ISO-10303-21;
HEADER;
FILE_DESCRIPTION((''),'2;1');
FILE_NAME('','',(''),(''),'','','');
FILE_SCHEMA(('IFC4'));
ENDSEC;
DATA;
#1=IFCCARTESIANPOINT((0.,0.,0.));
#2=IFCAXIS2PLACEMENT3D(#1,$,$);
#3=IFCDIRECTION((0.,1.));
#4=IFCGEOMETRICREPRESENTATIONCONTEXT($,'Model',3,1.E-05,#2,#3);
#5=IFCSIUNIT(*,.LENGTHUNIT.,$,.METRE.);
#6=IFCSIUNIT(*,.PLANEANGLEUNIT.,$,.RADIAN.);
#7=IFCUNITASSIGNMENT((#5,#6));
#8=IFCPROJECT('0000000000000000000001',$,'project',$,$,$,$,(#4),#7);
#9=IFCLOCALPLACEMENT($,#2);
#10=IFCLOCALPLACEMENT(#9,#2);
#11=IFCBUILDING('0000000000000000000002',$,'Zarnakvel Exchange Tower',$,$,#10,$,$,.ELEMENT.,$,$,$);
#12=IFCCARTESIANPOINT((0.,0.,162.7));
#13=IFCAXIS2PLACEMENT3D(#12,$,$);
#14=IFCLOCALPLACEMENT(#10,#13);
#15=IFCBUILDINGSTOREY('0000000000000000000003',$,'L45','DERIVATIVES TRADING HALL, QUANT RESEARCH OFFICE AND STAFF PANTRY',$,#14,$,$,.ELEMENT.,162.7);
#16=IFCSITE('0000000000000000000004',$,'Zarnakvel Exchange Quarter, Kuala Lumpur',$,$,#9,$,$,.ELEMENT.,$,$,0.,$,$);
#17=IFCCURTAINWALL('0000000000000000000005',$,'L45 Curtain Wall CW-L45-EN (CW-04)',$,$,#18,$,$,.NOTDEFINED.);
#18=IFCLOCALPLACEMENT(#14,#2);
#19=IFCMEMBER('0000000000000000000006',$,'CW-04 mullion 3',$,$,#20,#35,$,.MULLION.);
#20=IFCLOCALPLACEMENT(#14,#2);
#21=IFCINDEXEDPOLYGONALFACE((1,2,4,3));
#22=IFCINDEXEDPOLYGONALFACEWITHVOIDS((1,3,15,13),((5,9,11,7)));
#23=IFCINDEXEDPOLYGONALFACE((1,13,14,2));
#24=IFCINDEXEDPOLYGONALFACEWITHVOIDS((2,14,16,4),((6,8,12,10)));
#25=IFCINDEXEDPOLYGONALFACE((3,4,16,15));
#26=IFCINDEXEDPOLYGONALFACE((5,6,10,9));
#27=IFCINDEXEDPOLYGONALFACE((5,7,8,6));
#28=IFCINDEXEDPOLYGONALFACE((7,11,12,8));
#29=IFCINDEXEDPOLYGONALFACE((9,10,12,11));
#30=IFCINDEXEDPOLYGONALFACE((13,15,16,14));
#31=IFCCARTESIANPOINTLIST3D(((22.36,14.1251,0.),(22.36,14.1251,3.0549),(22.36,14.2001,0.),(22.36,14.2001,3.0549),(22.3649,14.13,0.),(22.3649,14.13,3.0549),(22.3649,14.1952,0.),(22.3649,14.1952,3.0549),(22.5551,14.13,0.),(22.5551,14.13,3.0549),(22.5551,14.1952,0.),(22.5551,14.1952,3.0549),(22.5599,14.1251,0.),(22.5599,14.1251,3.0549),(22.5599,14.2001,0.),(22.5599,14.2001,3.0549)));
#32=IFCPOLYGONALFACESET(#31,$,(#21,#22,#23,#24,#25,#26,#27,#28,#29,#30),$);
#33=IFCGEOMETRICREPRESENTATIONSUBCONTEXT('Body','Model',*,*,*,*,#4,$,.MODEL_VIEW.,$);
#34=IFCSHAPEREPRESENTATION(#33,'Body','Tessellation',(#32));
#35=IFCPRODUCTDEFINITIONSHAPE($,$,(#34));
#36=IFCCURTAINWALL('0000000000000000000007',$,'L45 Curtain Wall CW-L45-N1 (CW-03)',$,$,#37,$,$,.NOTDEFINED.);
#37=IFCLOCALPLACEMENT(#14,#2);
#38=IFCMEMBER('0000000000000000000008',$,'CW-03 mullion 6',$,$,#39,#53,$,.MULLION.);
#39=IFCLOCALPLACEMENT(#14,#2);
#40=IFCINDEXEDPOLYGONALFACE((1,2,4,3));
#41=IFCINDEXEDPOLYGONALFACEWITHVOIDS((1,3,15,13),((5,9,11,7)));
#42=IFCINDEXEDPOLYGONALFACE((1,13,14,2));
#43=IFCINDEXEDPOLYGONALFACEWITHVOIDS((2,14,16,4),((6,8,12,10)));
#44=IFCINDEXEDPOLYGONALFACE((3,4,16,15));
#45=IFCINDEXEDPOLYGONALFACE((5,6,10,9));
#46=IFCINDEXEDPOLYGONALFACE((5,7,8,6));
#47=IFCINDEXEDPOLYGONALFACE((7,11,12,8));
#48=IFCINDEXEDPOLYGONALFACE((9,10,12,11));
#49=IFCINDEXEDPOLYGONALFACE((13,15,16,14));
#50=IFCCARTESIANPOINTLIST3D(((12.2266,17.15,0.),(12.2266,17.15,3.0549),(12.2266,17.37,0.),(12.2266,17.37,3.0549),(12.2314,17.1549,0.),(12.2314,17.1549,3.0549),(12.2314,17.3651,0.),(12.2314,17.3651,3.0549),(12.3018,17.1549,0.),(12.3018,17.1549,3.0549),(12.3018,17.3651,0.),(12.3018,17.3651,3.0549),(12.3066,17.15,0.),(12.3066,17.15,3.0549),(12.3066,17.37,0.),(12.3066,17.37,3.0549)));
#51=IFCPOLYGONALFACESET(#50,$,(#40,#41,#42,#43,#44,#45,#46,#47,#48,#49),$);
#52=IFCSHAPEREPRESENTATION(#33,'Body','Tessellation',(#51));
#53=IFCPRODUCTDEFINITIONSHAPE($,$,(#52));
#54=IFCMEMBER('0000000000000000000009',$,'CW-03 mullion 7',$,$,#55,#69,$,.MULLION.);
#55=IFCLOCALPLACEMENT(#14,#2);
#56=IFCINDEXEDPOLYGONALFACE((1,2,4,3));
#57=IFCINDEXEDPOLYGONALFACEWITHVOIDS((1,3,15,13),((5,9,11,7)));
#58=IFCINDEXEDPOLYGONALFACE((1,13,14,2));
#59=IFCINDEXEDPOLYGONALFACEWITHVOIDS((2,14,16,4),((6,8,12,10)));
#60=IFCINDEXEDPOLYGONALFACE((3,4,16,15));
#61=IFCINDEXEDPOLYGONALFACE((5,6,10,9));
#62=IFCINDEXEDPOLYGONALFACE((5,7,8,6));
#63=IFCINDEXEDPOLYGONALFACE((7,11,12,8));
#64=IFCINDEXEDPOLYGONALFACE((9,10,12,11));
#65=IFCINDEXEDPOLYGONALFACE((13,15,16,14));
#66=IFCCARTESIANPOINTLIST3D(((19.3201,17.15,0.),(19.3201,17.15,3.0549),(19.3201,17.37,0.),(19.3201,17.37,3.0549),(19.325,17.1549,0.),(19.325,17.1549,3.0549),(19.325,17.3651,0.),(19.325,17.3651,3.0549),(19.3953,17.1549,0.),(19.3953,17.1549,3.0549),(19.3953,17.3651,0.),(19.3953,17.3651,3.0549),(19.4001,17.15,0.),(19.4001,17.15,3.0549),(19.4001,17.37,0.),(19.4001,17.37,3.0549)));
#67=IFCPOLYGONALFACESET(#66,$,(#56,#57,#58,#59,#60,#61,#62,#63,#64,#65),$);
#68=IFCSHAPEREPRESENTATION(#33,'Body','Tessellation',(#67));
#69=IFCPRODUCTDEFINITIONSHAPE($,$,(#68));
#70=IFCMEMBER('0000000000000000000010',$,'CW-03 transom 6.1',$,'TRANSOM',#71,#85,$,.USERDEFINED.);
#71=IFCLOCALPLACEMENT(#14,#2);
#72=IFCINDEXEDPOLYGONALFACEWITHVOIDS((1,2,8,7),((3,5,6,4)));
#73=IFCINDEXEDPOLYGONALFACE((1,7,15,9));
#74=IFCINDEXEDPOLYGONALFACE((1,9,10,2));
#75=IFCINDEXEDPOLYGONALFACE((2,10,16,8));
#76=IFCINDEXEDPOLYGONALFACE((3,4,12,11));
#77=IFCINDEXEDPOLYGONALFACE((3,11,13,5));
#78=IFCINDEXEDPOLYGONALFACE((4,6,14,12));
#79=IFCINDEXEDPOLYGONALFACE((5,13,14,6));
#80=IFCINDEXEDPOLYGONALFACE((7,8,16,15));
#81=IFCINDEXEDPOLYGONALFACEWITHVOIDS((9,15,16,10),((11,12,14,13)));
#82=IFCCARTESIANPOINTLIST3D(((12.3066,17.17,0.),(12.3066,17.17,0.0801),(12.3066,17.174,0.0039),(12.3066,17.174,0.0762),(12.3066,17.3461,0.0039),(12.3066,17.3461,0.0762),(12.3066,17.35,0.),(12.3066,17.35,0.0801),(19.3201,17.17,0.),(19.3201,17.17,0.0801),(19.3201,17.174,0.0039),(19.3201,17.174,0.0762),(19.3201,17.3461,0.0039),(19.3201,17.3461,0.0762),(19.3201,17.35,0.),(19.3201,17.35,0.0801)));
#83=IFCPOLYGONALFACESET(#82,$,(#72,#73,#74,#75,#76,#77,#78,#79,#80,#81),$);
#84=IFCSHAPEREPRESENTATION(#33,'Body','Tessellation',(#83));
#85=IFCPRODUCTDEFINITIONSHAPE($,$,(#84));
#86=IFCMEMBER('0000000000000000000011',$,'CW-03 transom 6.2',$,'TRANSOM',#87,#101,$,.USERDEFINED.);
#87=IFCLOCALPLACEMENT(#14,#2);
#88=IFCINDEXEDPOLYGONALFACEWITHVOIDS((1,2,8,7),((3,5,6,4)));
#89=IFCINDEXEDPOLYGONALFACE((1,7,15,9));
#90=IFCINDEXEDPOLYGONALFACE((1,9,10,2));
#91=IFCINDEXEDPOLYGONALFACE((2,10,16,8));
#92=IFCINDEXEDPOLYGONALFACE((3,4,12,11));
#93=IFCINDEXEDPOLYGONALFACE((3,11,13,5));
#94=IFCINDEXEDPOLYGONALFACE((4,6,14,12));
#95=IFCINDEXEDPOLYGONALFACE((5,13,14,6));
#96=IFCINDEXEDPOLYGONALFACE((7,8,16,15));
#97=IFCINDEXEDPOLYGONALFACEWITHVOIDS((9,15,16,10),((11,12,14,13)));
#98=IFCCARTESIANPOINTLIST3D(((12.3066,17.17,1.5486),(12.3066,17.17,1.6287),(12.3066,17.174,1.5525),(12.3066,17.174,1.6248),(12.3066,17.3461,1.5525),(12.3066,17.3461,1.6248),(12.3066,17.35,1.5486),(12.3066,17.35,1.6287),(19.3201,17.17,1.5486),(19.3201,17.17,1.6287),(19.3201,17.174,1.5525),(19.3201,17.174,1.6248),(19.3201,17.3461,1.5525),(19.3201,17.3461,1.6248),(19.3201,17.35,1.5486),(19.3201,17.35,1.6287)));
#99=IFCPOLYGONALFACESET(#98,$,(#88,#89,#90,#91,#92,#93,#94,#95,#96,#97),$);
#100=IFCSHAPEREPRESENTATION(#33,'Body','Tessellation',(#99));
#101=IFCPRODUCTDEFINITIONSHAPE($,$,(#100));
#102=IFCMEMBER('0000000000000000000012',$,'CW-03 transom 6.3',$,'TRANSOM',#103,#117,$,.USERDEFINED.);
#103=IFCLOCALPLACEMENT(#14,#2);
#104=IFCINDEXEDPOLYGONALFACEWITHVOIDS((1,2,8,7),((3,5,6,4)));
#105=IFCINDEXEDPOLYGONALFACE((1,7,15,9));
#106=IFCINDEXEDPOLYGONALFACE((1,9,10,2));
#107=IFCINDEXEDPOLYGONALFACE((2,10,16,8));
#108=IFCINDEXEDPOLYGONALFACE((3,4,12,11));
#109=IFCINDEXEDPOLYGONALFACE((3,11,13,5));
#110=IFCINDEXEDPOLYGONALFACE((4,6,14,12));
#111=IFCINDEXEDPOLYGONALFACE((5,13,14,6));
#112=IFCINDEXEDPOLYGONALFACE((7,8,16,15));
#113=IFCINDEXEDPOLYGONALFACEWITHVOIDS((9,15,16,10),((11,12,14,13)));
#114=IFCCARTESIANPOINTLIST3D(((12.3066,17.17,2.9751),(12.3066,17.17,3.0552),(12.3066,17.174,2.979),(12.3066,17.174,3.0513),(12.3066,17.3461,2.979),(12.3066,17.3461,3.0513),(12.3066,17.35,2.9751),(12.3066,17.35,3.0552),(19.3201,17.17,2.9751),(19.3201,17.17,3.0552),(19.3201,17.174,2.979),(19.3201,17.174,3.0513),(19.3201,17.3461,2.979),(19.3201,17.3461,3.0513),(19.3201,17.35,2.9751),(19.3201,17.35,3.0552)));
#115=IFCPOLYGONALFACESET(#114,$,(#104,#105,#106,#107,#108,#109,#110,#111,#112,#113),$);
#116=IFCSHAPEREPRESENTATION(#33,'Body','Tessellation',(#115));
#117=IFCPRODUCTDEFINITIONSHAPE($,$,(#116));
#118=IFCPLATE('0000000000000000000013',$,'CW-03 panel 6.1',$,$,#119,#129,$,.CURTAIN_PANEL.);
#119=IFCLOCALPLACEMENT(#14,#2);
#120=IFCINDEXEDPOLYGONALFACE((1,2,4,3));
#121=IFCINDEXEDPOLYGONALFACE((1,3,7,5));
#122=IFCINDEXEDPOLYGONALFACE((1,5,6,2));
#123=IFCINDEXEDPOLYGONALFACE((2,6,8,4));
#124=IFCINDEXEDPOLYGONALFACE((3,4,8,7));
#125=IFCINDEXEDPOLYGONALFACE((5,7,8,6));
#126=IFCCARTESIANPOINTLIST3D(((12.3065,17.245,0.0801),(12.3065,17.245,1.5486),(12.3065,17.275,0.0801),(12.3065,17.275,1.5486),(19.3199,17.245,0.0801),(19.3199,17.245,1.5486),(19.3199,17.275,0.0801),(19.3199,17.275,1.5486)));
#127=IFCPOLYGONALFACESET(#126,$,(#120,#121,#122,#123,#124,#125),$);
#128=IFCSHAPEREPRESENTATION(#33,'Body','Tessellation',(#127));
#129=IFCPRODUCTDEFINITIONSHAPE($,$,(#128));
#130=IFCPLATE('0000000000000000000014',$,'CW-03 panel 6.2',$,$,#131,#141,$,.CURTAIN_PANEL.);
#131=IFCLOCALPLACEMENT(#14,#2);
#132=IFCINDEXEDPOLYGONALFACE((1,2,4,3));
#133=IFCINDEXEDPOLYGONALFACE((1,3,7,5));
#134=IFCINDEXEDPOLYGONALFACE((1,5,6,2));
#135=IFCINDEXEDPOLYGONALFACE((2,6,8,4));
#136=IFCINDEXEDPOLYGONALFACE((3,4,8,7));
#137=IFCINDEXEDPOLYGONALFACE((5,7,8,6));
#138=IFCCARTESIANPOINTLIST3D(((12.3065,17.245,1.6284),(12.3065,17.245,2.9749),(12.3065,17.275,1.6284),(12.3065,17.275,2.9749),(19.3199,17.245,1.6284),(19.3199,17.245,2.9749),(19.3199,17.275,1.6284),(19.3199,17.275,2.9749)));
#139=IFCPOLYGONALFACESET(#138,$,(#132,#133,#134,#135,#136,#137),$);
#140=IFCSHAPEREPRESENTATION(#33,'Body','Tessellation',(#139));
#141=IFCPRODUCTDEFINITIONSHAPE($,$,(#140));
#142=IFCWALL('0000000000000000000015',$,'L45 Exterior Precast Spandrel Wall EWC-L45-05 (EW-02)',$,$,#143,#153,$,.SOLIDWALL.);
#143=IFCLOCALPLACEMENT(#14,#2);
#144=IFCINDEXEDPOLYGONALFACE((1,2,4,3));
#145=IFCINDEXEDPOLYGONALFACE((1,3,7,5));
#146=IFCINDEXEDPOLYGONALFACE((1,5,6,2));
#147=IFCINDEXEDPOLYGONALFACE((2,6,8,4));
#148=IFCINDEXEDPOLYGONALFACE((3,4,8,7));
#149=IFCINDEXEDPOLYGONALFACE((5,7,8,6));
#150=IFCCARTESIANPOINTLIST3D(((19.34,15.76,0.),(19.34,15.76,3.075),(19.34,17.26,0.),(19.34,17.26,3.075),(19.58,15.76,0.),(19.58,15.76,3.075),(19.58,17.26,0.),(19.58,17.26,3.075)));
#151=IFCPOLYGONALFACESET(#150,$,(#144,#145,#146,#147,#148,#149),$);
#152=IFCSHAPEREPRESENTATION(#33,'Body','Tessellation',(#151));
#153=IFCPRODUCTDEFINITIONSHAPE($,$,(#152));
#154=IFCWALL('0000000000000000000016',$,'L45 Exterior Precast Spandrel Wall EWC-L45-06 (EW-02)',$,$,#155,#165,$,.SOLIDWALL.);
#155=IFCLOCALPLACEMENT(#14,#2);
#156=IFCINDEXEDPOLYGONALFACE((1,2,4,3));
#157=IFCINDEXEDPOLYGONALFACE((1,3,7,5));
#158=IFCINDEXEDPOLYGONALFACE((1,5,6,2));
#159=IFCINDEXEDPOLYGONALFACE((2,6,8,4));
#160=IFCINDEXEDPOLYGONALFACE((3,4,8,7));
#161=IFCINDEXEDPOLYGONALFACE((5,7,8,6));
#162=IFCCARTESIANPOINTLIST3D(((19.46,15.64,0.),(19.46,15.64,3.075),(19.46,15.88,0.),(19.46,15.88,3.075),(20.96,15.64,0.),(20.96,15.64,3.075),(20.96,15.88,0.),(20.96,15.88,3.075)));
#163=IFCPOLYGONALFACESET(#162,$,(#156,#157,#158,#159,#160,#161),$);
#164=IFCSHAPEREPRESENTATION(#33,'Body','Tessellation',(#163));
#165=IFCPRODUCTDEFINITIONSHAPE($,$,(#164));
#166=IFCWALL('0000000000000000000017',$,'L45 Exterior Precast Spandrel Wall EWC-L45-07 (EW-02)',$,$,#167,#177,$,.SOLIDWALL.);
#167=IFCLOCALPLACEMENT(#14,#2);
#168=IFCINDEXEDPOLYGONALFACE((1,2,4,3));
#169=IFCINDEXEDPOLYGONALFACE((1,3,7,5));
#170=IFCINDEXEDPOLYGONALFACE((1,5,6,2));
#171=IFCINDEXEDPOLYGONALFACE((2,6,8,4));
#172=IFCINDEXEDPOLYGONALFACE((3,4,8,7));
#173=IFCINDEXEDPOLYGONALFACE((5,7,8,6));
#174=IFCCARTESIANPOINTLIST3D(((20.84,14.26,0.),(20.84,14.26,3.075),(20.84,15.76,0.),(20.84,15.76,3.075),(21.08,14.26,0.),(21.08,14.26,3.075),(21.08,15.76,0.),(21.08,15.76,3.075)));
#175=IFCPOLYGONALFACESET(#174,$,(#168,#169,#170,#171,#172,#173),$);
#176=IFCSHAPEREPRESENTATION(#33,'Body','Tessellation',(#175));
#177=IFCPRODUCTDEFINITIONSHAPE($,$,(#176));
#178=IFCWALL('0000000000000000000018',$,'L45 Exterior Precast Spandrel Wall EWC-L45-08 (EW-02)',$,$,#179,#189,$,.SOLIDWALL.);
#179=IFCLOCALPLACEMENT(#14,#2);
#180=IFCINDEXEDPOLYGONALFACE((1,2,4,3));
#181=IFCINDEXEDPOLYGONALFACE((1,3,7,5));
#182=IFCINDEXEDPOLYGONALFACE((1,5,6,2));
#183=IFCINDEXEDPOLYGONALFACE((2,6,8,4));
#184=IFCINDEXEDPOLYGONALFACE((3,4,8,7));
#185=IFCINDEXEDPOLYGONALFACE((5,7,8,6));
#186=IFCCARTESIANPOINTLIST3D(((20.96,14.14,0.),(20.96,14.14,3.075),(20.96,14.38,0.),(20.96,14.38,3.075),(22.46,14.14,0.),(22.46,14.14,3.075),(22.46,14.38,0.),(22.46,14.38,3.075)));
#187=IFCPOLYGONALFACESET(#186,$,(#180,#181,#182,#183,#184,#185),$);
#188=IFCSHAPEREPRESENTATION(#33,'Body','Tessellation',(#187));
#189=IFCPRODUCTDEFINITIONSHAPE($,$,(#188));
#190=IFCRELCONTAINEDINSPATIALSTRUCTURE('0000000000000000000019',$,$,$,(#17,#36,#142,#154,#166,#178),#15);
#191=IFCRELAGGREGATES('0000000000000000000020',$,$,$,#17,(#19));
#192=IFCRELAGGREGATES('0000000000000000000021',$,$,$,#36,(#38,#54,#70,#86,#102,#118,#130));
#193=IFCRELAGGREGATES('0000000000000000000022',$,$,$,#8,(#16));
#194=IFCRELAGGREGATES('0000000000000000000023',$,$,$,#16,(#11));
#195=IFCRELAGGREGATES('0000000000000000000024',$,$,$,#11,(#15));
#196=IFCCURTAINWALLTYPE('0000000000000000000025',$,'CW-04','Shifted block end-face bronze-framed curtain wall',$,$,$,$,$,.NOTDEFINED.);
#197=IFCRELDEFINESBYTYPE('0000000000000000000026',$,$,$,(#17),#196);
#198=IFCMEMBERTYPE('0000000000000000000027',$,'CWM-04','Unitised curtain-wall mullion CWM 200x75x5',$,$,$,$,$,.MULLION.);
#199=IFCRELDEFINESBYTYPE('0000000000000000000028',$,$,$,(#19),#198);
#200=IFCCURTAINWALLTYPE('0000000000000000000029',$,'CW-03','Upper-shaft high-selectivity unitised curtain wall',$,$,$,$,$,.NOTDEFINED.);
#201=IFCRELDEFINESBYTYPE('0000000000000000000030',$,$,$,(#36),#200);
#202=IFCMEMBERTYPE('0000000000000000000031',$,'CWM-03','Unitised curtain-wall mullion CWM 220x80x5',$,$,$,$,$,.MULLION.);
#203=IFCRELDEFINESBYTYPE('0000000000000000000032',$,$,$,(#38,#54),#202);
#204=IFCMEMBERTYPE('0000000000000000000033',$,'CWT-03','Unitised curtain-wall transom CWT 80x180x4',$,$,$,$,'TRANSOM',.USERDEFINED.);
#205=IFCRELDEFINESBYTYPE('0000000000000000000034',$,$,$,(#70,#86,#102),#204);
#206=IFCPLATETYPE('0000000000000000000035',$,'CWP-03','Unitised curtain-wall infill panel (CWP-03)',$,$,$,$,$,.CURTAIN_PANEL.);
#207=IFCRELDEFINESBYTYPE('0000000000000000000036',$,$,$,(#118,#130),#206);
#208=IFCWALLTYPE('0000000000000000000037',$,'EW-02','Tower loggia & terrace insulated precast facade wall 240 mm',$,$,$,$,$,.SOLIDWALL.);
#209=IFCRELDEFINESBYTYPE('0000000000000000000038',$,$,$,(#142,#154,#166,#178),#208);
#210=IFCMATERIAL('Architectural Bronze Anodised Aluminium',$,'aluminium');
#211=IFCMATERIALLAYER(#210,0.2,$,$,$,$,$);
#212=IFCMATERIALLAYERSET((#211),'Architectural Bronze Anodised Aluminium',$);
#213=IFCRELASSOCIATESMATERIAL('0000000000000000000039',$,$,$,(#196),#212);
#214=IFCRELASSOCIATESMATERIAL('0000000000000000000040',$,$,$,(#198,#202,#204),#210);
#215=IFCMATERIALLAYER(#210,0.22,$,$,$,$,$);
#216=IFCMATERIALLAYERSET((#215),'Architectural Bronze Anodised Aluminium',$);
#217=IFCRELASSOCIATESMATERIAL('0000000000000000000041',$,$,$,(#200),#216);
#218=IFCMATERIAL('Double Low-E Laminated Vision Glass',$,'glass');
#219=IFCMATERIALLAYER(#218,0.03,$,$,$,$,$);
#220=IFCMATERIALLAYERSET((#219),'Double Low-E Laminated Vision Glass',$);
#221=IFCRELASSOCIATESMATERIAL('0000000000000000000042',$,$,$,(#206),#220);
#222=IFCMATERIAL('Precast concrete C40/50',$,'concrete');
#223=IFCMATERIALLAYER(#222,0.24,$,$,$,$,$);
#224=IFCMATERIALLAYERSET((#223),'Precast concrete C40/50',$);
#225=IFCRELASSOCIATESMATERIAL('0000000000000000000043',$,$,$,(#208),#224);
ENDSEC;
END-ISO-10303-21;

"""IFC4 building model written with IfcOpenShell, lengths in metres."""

from ifc_helpers import new_model, si_unit, direction, frame, frame_2d, origin, origin_2d, place, context, subcontext, project, spatial, rectangle, hollow_rectangle, extrude, source, transform, mapped, material, layer, layer_set, material_profile, profile_set, type_object, element, aggregate, save


model = new_model("IFC4")

# Units and contexts
model_context = context("Model", 3, precision=1e-05, world=origin(), true_north=direction((0.0, 1.0)))
body_context = subcontext(model_context, "Body", "Model", "MODEL_VIEW")
ifc_project = project(units=[si_unit("LENGTHUNIT", "METRE"), si_unit("PLANEANGLEUNIT", "RADIAN")], contexts=[model_context])

# Site, building, storey
site_placement = place(None, origin())
site = spatial("IfcSite", under=ifc_project, at=site_placement, Name="Zarnakvel Exchange Quarter, Kuala Lumpur", CompositionType="ELEMENT", RefElevation=0.0)
building_placement = place(site_placement, origin())
building = spatial("IfcBuilding", under=site, at=building_placement, Name="Zarnakvel Exchange Tower", CompositionType="ELEMENT")
storey_placement = place(building_placement, frame((0.0, 0.0, 162.7)))
storey = spatial("IfcBuildingStorey", under=building, at=storey_placement, Name="L45", Description="DERIVATIVES TRADING HALL, QUANT RESEARCH OFFICE AND STAFF PANTRY", CompositionType="ELEMENT", Elevation=162.7)

# Curtain wall, member
ifc_material_1 = material(Name="Architectural Bronze Anodised Aluminium", Category="aluminium")
ifc_layer_1 = layer(ifc_material_1, 0.2)
ifc_layer_set_1 = layer_set([ifc_layer_1], Name="Architectural Bronze Anodised Aluminium")
curtain_wall_type_1 = type_object("IfcCurtainWallType", Name="CW-04", Description="Shifted block end-face bronze-framed curtain wall", PredefinedType="NOTDEFINED", material=ifc_layer_set_1)
curtain_wall_1_placement = place(storey_placement, origin())
curtain_wall_1 = element("IfcCurtainWall", 1, at=curtain_wall_1_placement, inside=storey, type_object=curtain_wall_type_1, Name="L45 Curtain Wall CW-L45-EN (CW-04)", PredefinedType="NOTDEFINED")
ifc_material_profile_1 = material_profile(ifc_material_1, hollow_rectangle(XDim=0.2, YDim=0.075, WallThickness=0.0049, at=origin_2d()))
ifc_profile_set_1 = profile_set([ifc_material_profile_1], Name="Architectural Bronze Anodised Aluminium")
member_type_1 = type_object("IfcMemberType", Name="CWM-04", Description="Unitised curtain-wall mullion CWM 200x75x5", PredefinedType="MULLION", material=ifc_profile_set_1)
shared_shape_1 = source(origin(), body_context, "Body", "SweptSolid", [
    extrude(hollow_rectangle(XDim=0.2, YDim=0.075, WallThickness=0.0049, at=origin_2d()), origin(), (0.0, 0.0, 1.0), 3.0549),
])
member_1_placement = place(storey_placement, frame((22.46, 14.1626, 0.0), z_axis=(0.0, 0.0, 1.0), x_axis=(-1.0, 0.0, 0.0)))
member_1 = element("IfcMember", 2, at=member_1_placement, type_object=member_type_1, Name="CW-04 mullion 3", PredefinedType="MULLION", context=body_context, shape_type="MappedRepresentation", body=[
    mapped(shared_shape_1, transform((0.0, 0.0, 0.0), x_axis=(1.0, 0.0, 0.0), y_axis=(0.0, 1.0, 0.0), z_axis=(0.0, 0.0, 1.0), scale=1.0)),
])
aggregate(curtain_wall_1, [member_1])

# Curtain wall, members, plates
ifc_layer_2 = layer(ifc_material_1, 0.22)
ifc_layer_set_2 = layer_set([ifc_layer_2], Name="Architectural Bronze Anodised Aluminium")
curtain_wall_type_2 = type_object("IfcCurtainWallType", Name="CW-03", Description="Upper-shaft high-selectivity unitised curtain wall", PredefinedType="NOTDEFINED", material=ifc_layer_set_2)
curtain_wall_2_placement = place(storey_placement, origin())
curtain_wall_2 = element("IfcCurtainWall", 3, at=curtain_wall_2_placement, inside=storey, type_object=curtain_wall_type_2, Name="L45 Curtain Wall CW-L45-N1 (CW-03)", PredefinedType="NOTDEFINED")
ifc_material_profile_2 = material_profile(ifc_material_1, hollow_rectangle(XDim=0.22, YDim=0.0801, WallThickness=0.0049, at=origin_2d()))
ifc_profile_set_2 = profile_set([ifc_material_profile_2], Name="Architectural Bronze Anodised Aluminium")
member_type_2 = type_object("IfcMemberType", Name="CWM-03", Description="Unitised curtain-wall mullion CWM 220x80x5", PredefinedType="MULLION", material=ifc_profile_set_2)
shared_shape_2 = source(origin(), body_context, "Body", "SweptSolid", [
    extrude(hollow_rectangle(XDim=0.22, YDim=0.0801, WallThickness=0.0049, at=origin_2d()), origin(), (0.0, 0.0, 1.0), 3.0549),
])
member_2_placement = place(storey_placement, frame((12.2666, 17.26, 0.0), z_axis=(0.0, 0.0, 1.0), x_axis=(0.0, 1.0, 0.0)))
member_2 = element("IfcMember", 4, at=member_2_placement, type_object=member_type_2, Name="CW-03 mullion 6", PredefinedType="MULLION", context=body_context, shape_type="MappedRepresentation", body=[
    mapped(shared_shape_2, transform((0.0, 0.0, 0.0), x_axis=(1.0, 0.0, 0.0), y_axis=(0.0, 1.0, 0.0), z_axis=(0.0, 0.0, 1.0), scale=1.0)),
])
member_3_placement = place(storey_placement, frame((19.3601, 17.26, 0.0), z_axis=(0.0, 0.0, 1.0), x_axis=(0.0, 1.0, 0.0)))
member_3 = element("IfcMember", 5, at=member_3_placement, type_object=member_type_2, Name="CW-03 mullion 7", PredefinedType="MULLION", context=body_context, shape_type="MappedRepresentation", body=[
    mapped(shared_shape_2, transform((0.0, 0.0, 0.0), x_axis=(1.0, 0.0, 0.0), y_axis=(0.0, 1.0, 0.0), z_axis=(0.0, 0.0, 1.0), scale=1.0)),
])
ifc_material_profile_3 = material_profile(ifc_material_1, hollow_rectangle(XDim=0.1799, YDim=0.0801, WallThickness=0.0039, at=origin_2d()))
ifc_profile_set_3 = profile_set([ifc_material_profile_3], Name="Architectural Bronze Anodised Aluminium")
member_type_3 = type_object("IfcMemberType", Name="CWT-03", Description="Unitised curtain-wall transom CWT 80x180x4", ElementType="TRANSOM", PredefinedType="USERDEFINED", material=ifc_profile_set_3)
shared_shape_3 = source(origin(), body_context, "Body", "SweptSolid", [
    extrude(hollow_rectangle(XDim=0.1799, YDim=0.0801, WallThickness=0.0039, at=origin_2d()), origin(), (0.0, 0.0, 1.0), 7.0134),
])
member_4_placement = place(storey_placement, frame((12.3066, 17.26, 0.04), z_axis=(1.0, 0.0, 0.0), x_axis=(0.0, 1.0, 0.0)))
member_4 = element("IfcMember", 6, at=member_4_placement, type_object=member_type_3, Name="CW-03 transom 6.1", ObjectType="TRANSOM", PredefinedType="USERDEFINED", context=body_context, shape_type="MappedRepresentation", body=[
    mapped(shared_shape_3, transform((0.0, 0.0, 0.0), x_axis=(1.0, 0.0, 0.0), y_axis=(0.0, 1.0, 0.0), z_axis=(0.0, 0.0, 1.0), scale=1.0)),
])
member_5_placement = place(storey_placement, frame((12.3066, 17.26, 1.5886), z_axis=(1.0, 0.0, 0.0), x_axis=(0.0, 1.0, 0.0)))
member_5 = element("IfcMember", 7, at=member_5_placement, type_object=member_type_3, Name="CW-03 transom 6.2", ObjectType="TRANSOM", PredefinedType="USERDEFINED", context=body_context, shape_type="MappedRepresentation", body=[
    mapped(shared_shape_3, transform((0.0, 0.0, 0.0), x_axis=(1.0, 0.0, 0.0), y_axis=(0.0, 1.0, 0.0), z_axis=(0.0, 0.0, 1.0), scale=1.0)),
])
member_6_placement = place(storey_placement, frame((12.3066, 17.26, 3.0151), z_axis=(1.0, 0.0, 0.0), x_axis=(0.0, 1.0, 0.0)))
member_6 = element("IfcMember", 8, at=member_6_placement, type_object=member_type_3, Name="CW-03 transom 6.3", ObjectType="TRANSOM", PredefinedType="USERDEFINED", context=body_context, shape_type="MappedRepresentation", body=[
    mapped(shared_shape_3, transform((0.0, 0.0, 0.0), x_axis=(1.0, 0.0, 0.0), y_axis=(0.0, 1.0, 0.0), z_axis=(0.0, 0.0, 1.0), scale=1.0)),
])
ifc_material_2 = material(Name="Double Low-E Laminated Vision Glass", Category="glass")
ifc_layer_3 = layer(ifc_material_2, 0.03)
ifc_layer_set_3 = layer_set([ifc_layer_3], Name="Double Low-E Laminated Vision Glass")
plate_type = type_object("IfcPlateType", Name="CWP-03", Description="Unitised curtain-wall infill panel (CWP-03)", PredefinedType="CURTAIN_PANEL", material=ifc_layer_set_3)
shared_shape_4 = source(origin(), body_context, "Body", "SweptSolid", [
    extrude(rectangle(XDim=7.0134, YDim=0.03, at=origin_2d()), origin(), (0.0, 0.0, 1.0), 1.4685),
])
plate_1_placement = place(storey_placement, frame((15.8132, 17.26, 0.0801), z_axis=(0.0, 0.0, 1.0), x_axis=(1.0, 0.0, 0.0)))
plate_1 = element("IfcPlate", 9, at=plate_1_placement, type_object=plate_type, Name="CW-03 panel 6.1", PredefinedType="CURTAIN_PANEL", context=body_context, shape_type="MappedRepresentation", body=[
    mapped(shared_shape_4, transform((0.0, 0.0, 0.0), x_axis=(1.0, 0.0, 0.0), y_axis=(0.0, 1.0, 0.0), z_axis=(0.0, 0.0, 1.0), scale=1.0)),
])
shared_shape_5 = source(origin(), body_context, "Body", "SweptSolid", [
    extrude(rectangle(XDim=7.0134, YDim=0.03, at=origin_2d()), origin(), (0.0, 0.0, 1.0), 1.3464),
])
plate_2_placement = place(storey_placement, frame((15.8132, 17.26, 1.6284), z_axis=(0.0, 0.0, 1.0), x_axis=(1.0, 0.0, 0.0)))
plate_2 = element("IfcPlate", 10, at=plate_2_placement, type_object=plate_type, Name="CW-03 panel 6.2", PredefinedType="CURTAIN_PANEL", context=body_context, shape_type="MappedRepresentation", body=[
    mapped(shared_shape_5, transform((0.0, 0.0, 0.0), x_axis=(1.0, 0.0, 0.0), y_axis=(0.0, 1.0, 0.0), z_axis=(0.0, 0.0, 1.0), scale=1.0)),
])
aggregate(curtain_wall_2, [member_2, member_3, member_4, member_5, member_6, plate_1, plate_2])

# Walls
ifc_material_3 = material(Name="Precast concrete C40/50", Category="concrete")
ifc_layer_4 = layer(ifc_material_3, 0.24)
ifc_layer_set_4 = layer_set([ifc_layer_4], Name="Precast concrete C40/50")
wall_type_1 = type_object("IfcWallType", Name="EW-02", Description="Tower loggia & terrace insulated precast facade wall 240 mm", PredefinedType="SOLIDWALL", material=ifc_layer_set_4)
for number, where, z_axis, x_axis, name in (
    (11, (19.46, 15.76, 0.0), (0.0, 0.0, 1.0), (0.0, 1.0, 0.0), "L45 Exterior Precast Spandrel Wall EWC-L45-05 (EW-02)"),
    (12, (20.96, 15.76, 0.0), (0.0, 0.0, 1.0), (-1.0, 0.0, 0.0), "L45 Exterior Precast Spandrel Wall EWC-L45-06 (EW-02)"),
    (13, (20.96, 14.26, 0.0), (0.0, 0.0, 1.0), (0.0, 1.0, 0.0), "L45 Exterior Precast Spandrel Wall EWC-L45-07 (EW-02)"),
    (14, (22.46, 14.26, 0.0), (0.0, 0.0, 1.0), (-1.0, 0.0, 0.0), "L45 Exterior Precast Spandrel Wall EWC-L45-08 (EW-02)"),
):
    element("IfcWall", number, at=place(storey_placement, frame(where, z_axis=z_axis, x_axis=x_axis)), inside=storey, type_object=wall_type_1, Name=name, PredefinedType="SOLIDWALL", context=body_context, shape_type="SweptSolid", body=[
        extrude(rectangle(XDim=1.5, YDim=0.24, at=frame_2d((0.75, 0.0))), origin(), (0.0, 0.0, 1.0), 3.075),
    ])

save(model, "model.ifc")
